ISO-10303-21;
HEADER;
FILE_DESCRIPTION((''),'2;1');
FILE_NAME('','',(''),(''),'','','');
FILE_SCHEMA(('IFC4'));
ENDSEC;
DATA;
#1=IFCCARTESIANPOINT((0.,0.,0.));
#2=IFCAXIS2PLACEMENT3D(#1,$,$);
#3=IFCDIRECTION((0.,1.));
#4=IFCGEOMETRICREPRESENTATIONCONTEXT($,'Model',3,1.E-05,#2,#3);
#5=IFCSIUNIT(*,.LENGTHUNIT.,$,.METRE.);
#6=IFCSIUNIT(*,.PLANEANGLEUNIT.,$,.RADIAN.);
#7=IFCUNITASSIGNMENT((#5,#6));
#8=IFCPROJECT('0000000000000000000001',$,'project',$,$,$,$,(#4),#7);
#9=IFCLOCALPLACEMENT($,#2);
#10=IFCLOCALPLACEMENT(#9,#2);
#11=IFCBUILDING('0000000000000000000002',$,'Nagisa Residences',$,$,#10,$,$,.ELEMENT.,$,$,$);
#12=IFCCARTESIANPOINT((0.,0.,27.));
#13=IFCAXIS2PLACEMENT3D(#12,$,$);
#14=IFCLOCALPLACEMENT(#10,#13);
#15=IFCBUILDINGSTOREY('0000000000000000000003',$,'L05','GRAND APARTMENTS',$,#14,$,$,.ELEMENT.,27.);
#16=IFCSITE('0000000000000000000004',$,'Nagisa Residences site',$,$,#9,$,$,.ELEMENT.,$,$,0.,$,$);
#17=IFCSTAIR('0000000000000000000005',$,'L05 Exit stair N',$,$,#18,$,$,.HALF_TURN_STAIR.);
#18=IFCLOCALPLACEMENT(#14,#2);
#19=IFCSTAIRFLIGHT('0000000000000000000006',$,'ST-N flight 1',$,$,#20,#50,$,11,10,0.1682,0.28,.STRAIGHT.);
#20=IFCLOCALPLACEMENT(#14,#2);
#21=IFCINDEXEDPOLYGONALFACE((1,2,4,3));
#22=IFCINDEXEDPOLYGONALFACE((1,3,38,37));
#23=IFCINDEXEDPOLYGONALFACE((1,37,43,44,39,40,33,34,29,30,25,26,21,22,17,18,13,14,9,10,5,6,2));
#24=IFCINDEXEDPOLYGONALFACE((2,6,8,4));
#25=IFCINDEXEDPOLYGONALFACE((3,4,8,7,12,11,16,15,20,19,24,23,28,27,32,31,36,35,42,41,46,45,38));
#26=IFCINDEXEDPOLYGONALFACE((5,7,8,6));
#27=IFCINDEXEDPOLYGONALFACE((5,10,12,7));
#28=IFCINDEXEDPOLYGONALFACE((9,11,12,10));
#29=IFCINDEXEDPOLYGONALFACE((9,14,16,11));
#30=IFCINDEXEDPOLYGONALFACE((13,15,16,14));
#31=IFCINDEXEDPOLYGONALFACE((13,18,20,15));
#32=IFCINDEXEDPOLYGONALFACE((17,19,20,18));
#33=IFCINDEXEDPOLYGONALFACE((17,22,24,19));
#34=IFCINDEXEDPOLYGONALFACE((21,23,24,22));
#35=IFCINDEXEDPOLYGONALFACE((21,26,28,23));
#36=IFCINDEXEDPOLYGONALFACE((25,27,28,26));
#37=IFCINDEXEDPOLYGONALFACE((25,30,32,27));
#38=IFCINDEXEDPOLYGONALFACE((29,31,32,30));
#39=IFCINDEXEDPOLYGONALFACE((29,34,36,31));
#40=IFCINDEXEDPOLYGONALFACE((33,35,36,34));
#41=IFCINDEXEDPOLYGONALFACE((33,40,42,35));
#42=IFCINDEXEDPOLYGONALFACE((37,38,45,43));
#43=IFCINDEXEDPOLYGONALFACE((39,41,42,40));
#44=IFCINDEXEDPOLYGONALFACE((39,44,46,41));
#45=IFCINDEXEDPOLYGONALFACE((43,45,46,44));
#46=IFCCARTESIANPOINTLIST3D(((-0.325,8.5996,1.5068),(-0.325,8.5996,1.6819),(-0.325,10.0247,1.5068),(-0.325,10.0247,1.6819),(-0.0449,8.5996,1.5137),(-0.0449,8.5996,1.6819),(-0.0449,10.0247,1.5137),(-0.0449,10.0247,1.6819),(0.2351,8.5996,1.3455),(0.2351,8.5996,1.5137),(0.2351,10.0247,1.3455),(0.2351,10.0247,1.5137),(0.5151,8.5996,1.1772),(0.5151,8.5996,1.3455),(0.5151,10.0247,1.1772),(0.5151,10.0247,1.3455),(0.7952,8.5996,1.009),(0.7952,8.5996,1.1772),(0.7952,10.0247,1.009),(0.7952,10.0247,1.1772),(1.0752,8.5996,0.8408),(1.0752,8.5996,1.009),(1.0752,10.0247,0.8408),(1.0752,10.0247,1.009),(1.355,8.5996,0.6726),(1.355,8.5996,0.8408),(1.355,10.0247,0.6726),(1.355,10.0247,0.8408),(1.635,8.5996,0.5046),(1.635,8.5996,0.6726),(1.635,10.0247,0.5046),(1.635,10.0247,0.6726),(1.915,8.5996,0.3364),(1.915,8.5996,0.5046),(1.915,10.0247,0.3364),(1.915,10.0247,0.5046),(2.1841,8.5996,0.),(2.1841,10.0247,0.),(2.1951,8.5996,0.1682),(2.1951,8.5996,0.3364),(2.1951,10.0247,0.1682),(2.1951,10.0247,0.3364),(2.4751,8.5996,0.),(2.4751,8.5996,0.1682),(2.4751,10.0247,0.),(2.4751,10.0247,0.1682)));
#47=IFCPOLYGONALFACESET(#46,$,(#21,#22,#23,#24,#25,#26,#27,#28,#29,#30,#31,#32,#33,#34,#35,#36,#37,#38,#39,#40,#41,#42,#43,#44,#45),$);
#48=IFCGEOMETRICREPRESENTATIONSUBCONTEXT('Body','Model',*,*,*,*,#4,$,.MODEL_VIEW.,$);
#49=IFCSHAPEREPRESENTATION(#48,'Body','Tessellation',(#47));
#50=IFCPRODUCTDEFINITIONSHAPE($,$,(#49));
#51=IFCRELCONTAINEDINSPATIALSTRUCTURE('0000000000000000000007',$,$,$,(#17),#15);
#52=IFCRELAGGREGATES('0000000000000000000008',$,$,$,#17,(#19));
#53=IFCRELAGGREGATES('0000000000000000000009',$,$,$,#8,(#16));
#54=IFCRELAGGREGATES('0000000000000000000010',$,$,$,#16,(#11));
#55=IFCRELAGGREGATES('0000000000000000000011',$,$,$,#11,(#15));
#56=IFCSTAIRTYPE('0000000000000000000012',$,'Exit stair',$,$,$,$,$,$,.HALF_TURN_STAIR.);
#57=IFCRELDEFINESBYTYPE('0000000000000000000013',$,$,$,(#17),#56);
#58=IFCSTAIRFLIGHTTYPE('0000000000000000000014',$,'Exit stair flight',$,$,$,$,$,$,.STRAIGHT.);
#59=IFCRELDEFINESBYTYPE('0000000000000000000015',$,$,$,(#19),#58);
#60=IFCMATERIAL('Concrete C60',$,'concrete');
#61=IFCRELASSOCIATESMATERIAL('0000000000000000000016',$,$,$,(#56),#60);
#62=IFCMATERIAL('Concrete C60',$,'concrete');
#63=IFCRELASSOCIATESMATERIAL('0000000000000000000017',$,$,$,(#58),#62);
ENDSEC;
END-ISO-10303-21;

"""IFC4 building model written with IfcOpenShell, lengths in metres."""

from ifc_helpers import new_model, si_unit, direction, frame, origin, place, context, subcontext, project, spatial, polyline, outline, extrude, material, type_object, element, aggregate, save


model = new_model("IFC4")

# Units and contexts
model_context = context("Model", 3, precision=1e-05, world=origin(), true_north=direction((0.0, 1.0)))
body_context = subcontext(model_context, "Body", "Model", "MODEL_VIEW")
ifc_project = project(units=[si_unit("LENGTHUNIT", "METRE"), si_unit("PLANEANGLEUNIT", "RADIAN")], contexts=[model_context])

# Site, building, storey
site_placement = place(None, origin())
site = spatial("IfcSite", under=ifc_project, at=site_placement, Name="Nagisa Residences site", CompositionType="ELEMENT", RefElevation=0.0)
building_placement = place(site_placement, origin())
building = spatial("IfcBuilding", under=site, at=building_placement, Name="Nagisa Residences", CompositionType="ELEMENT")
storey_placement = place(building_placement, frame((0.0, 0.0, 27.0)))
storey = spatial("IfcBuildingStorey", under=building, at=storey_placement, Name="L05", Description="GRAND APARTMENTS", CompositionType="ELEMENT", Elevation=27.0)

# Stair, stair flight
ifc_material_1 = material(Name="Concrete C60", Category="concrete")
stair_type = type_object("IfcStairType", Name="Exit stair", PredefinedType="HALF_TURN_STAIR", material=ifc_material_1)
ifc_material_2 = material(Name="Concrete C60", Category="concrete")
stair_flight_type = type_object("IfcStairFlightType", Name="Exit stair flight", PredefinedType="STRAIGHT", material=ifc_material_2)
stair_1_placement = place(storey_placement, origin())
stair_1 = element("IfcStair", 1, at=stair_1_placement, inside=storey, type_object=stair_type, Name="L05 Exit stair N", PredefinedType="HALF_TURN_STAIR")
stair_flight_1_placement = place(storey_placement, frame((2.4751, 9.312, 0.0), z_axis=(0.0, 0.0, 1.0), x_axis=(-1.0, 0.0, 0.0)))
stair_flight_1 = element("IfcStairFlight", 2, at=stair_flight_1_placement, type_object=stair_flight_type, Name="ST-N flight 1", NumberOfRisers=11, NumberOfTreads=10, PredefinedType="STRAIGHT", RiserHeight=0.1682, TreadLength=0.28, context=body_context, shape_type="SweptSolid", body=[
    extrude(outline(polyline([(0.0, 0.0), (0.0, 0.1682), (0.28, 0.1682), (0.28, 0.3364), (0.5601, 0.3364), (0.5601, 0.5046), (0.8401, 0.5046), (0.8401, 0.6726), (1.1201, 0.6726), (1.1201, 0.8408), (1.3999, 0.8408), (1.3999, 1.009), (1.6799, 1.009), (1.6799, 1.1772), (1.96, 1.1772), (1.96, 1.3455), (2.24, 1.3455), (2.24, 1.5137), (2.52, 1.5137), (2.52, 1.6819), (2.8, 1.6819), (2.8, 1.8501), (2.8, 1.5068), (0.291, 0.0), (0.0, 0.0)])), frame((0.0, 0.7124, 0.0), z_axis=(0.0, -1.0, 0.0), x_axis=(1.0, 0.0, 0.0)), (0.0, 0.0, 1.0), 1.425),
])
aggregate(stair_1, [stair_flight_1])

save(model, "model.ifc")
